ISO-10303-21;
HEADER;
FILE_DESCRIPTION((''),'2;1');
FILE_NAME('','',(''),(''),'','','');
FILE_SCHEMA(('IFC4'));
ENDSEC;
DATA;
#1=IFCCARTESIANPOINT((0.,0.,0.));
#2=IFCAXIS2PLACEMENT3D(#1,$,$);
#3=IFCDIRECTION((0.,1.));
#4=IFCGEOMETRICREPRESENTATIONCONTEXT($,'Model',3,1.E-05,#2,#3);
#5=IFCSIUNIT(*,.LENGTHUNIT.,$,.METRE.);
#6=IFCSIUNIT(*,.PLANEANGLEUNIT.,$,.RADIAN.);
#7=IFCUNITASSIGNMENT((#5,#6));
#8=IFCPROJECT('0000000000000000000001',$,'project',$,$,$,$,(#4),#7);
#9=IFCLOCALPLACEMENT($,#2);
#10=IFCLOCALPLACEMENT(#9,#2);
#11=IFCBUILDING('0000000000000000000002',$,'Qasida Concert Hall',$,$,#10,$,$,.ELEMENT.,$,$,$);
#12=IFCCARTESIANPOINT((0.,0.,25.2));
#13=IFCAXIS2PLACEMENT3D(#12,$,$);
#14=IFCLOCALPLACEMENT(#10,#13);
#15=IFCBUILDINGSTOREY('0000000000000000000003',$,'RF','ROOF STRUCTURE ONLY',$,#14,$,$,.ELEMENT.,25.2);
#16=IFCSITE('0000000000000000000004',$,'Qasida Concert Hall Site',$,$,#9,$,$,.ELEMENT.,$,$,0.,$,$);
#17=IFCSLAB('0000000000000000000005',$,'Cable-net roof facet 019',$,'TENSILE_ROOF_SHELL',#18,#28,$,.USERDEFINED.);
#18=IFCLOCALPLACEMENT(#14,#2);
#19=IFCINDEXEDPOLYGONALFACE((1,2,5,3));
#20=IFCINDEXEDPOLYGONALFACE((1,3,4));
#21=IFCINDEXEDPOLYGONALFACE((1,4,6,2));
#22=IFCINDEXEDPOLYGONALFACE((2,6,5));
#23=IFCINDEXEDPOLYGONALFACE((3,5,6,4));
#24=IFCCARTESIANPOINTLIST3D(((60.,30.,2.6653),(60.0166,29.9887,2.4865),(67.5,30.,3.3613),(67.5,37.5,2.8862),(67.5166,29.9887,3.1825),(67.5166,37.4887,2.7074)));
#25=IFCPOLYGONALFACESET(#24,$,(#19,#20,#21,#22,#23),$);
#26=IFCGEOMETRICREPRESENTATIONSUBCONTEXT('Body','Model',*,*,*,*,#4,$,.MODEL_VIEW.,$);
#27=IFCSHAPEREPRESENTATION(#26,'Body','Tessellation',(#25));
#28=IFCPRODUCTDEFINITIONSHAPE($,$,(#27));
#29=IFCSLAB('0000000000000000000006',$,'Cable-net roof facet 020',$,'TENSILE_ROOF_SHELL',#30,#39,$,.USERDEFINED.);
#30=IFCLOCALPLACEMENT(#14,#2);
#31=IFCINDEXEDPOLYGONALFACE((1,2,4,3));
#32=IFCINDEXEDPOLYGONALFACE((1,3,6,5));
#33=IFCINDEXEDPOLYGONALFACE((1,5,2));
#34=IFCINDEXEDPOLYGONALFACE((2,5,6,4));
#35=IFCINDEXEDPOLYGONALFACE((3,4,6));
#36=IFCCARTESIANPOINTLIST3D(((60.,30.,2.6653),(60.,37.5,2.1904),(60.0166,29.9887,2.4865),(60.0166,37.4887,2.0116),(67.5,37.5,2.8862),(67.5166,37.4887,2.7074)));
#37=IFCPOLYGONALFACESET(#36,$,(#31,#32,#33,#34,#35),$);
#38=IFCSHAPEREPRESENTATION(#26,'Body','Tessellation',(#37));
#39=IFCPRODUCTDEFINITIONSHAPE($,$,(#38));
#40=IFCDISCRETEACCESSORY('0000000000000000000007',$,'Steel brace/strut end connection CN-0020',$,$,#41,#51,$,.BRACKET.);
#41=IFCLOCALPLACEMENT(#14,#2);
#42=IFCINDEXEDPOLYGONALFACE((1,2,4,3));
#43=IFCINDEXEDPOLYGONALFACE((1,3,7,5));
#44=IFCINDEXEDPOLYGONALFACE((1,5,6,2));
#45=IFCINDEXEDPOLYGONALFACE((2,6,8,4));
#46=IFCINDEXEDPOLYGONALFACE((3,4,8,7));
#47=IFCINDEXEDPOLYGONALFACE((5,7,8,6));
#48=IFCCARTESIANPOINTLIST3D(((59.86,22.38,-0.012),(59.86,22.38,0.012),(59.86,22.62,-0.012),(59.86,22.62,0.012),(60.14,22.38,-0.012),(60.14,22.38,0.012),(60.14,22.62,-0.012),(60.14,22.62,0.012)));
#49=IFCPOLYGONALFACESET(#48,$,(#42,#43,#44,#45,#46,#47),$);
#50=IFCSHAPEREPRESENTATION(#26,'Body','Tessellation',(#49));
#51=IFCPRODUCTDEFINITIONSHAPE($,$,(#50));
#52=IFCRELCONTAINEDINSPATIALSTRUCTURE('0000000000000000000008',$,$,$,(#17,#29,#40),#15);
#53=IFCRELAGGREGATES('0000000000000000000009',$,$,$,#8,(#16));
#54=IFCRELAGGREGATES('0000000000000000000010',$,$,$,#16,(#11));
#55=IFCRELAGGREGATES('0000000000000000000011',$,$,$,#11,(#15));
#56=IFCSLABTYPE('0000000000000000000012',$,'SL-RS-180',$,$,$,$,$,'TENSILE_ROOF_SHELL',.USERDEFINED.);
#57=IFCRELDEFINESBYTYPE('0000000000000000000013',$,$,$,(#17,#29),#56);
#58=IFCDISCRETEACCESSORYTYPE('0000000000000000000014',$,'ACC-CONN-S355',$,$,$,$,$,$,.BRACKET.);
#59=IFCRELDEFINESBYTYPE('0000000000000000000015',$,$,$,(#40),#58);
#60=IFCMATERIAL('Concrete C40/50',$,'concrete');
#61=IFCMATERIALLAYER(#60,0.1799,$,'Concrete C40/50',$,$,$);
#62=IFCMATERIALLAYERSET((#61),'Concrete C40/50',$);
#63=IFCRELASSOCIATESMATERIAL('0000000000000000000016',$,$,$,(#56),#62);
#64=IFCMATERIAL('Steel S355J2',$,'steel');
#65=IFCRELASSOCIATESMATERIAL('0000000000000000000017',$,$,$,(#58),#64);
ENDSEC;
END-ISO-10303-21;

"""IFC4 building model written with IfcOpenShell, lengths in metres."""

from ifc_helpers import new_model, si_unit, direction, frame, origin, origin_2d, place, context, subcontext, project, spatial, polyline, rectangle, outline, extrude, material, layer, layer_set, type_object, element, save


model = new_model("IFC4")

# Units and contexts
model_context = context("Model", 3, precision=1e-05, world=origin(), true_north=direction((0.0, 1.0)))
body_context = subcontext(model_context, "Body", "Model", "MODEL_VIEW")
ifc_project = project(units=[si_unit("LENGTHUNIT", "METRE"), si_unit("PLANEANGLEUNIT", "RADIAN")], contexts=[model_context])

# Site, building, storey
site_placement = place(None, origin())
site = spatial("IfcSite", under=ifc_project, at=site_placement, Name="Qasida Concert Hall Site", CompositionType="ELEMENT", RefElevation=0.0)
building_placement = place(site_placement, origin())
building = spatial("IfcBuilding", under=site, at=building_placement, Name="Qasida Concert Hall", CompositionType="ELEMENT")
storey_placement = place(building_placement, frame((0.0, 0.0, 25.2)))
storey = spatial("IfcBuildingStorey", under=building, at=storey_placement, Name="RF", Description="ROOF STRUCTURE ONLY", CompositionType="ELEMENT", Elevation=25.2)

# Shared definitions
ifc_material_1 = material(Name="Steel S355J2", Category="steel")

# Slabs
ifc_material_2 = material(Name="Concrete C40/50", Category="concrete")
ifc_layer_1 = layer(ifc_material_2, 0.1799, Name="Concrete C40/50")
ifc_layer_set_1 = layer_set([ifc_layer_1], Name="Concrete C40/50")
slab_type = type_object("IfcSlabType", Name="SL-RS-180", ElementType="TENSILE_ROOF_SHELL", PredefinedType="USERDEFINED", material=ifc_layer_set_1)
slab_1_placement = place(storey_placement, frame((60.0, 30.0, 2.6653), z_axis=(-0.092226, 0.06295, 0.993746), x_axis=(0.995721, 0.0, 0.092409)))
element("IfcSlab", 1, at=slab_1_placement, inside=storey, type_object=slab_type, Name="Cable-net roof facet 019", ObjectType="TENSILE_ROOF_SHELL", PredefinedType="USERDEFINED", context=body_context, shape_type="SweptSolid", body=[
    extrude(outline(polyline([(0.0, 0.0), (7.5322, 0.0), (7.4883, 7.5149), (0.0, 0.0)])), origin(), (0.0, 0.0, -1.0), 0.1799),
])
slab_2_placement = place(storey_placement, frame((60.0, 30.0, 2.6653), z_axis=(-0.092194, 0.062918, 0.993751), x_axis=(0.706953, 0.706953, 0.020827)))
element("IfcSlab", 2, at=slab_2_placement, inside=storey, type_object=slab_type, Name="Cable-net roof facet 020", ObjectType="TENSILE_ROOF_SHELL", PredefinedType="USERDEFINED", context=body_context, shape_type="SweptSolid", body=[
    extrude(outline(polyline([(0.0, 0.0), (10.6089, 0.0), (5.2923, 5.3355), (0.0, 0.0)])), origin(), (0.0, 0.0, -1.0), 0.1799),
])

# Discrete accessory
discrete_accessory_type = type_object("IfcDiscreteAccessoryType", Name="ACC-CONN-S355", PredefinedType="BRACKET", material=ifc_material_1)
discrete_accessory_placement = place(storey_placement, frame((60.0, 22.5, -0.012), z_axis=(0.0, 0.0, 1.0), x_axis=(1.0, 0.0, 0.0)))
element("IfcDiscreteAccessory", 3, at=discrete_accessory_placement, inside=storey, type_object=discrete_accessory_type, Name="Steel brace/strut end connection CN-0020", PredefinedType="BRACKET", context=body_context, shape_type="SweptSolid", body=[
    extrude(rectangle(XDim=0.28, YDim=0.24, at=origin_2d()), origin(), (0.0, 0.0, 1.0), 0.0239),
])

save(model, "model.ifc")
